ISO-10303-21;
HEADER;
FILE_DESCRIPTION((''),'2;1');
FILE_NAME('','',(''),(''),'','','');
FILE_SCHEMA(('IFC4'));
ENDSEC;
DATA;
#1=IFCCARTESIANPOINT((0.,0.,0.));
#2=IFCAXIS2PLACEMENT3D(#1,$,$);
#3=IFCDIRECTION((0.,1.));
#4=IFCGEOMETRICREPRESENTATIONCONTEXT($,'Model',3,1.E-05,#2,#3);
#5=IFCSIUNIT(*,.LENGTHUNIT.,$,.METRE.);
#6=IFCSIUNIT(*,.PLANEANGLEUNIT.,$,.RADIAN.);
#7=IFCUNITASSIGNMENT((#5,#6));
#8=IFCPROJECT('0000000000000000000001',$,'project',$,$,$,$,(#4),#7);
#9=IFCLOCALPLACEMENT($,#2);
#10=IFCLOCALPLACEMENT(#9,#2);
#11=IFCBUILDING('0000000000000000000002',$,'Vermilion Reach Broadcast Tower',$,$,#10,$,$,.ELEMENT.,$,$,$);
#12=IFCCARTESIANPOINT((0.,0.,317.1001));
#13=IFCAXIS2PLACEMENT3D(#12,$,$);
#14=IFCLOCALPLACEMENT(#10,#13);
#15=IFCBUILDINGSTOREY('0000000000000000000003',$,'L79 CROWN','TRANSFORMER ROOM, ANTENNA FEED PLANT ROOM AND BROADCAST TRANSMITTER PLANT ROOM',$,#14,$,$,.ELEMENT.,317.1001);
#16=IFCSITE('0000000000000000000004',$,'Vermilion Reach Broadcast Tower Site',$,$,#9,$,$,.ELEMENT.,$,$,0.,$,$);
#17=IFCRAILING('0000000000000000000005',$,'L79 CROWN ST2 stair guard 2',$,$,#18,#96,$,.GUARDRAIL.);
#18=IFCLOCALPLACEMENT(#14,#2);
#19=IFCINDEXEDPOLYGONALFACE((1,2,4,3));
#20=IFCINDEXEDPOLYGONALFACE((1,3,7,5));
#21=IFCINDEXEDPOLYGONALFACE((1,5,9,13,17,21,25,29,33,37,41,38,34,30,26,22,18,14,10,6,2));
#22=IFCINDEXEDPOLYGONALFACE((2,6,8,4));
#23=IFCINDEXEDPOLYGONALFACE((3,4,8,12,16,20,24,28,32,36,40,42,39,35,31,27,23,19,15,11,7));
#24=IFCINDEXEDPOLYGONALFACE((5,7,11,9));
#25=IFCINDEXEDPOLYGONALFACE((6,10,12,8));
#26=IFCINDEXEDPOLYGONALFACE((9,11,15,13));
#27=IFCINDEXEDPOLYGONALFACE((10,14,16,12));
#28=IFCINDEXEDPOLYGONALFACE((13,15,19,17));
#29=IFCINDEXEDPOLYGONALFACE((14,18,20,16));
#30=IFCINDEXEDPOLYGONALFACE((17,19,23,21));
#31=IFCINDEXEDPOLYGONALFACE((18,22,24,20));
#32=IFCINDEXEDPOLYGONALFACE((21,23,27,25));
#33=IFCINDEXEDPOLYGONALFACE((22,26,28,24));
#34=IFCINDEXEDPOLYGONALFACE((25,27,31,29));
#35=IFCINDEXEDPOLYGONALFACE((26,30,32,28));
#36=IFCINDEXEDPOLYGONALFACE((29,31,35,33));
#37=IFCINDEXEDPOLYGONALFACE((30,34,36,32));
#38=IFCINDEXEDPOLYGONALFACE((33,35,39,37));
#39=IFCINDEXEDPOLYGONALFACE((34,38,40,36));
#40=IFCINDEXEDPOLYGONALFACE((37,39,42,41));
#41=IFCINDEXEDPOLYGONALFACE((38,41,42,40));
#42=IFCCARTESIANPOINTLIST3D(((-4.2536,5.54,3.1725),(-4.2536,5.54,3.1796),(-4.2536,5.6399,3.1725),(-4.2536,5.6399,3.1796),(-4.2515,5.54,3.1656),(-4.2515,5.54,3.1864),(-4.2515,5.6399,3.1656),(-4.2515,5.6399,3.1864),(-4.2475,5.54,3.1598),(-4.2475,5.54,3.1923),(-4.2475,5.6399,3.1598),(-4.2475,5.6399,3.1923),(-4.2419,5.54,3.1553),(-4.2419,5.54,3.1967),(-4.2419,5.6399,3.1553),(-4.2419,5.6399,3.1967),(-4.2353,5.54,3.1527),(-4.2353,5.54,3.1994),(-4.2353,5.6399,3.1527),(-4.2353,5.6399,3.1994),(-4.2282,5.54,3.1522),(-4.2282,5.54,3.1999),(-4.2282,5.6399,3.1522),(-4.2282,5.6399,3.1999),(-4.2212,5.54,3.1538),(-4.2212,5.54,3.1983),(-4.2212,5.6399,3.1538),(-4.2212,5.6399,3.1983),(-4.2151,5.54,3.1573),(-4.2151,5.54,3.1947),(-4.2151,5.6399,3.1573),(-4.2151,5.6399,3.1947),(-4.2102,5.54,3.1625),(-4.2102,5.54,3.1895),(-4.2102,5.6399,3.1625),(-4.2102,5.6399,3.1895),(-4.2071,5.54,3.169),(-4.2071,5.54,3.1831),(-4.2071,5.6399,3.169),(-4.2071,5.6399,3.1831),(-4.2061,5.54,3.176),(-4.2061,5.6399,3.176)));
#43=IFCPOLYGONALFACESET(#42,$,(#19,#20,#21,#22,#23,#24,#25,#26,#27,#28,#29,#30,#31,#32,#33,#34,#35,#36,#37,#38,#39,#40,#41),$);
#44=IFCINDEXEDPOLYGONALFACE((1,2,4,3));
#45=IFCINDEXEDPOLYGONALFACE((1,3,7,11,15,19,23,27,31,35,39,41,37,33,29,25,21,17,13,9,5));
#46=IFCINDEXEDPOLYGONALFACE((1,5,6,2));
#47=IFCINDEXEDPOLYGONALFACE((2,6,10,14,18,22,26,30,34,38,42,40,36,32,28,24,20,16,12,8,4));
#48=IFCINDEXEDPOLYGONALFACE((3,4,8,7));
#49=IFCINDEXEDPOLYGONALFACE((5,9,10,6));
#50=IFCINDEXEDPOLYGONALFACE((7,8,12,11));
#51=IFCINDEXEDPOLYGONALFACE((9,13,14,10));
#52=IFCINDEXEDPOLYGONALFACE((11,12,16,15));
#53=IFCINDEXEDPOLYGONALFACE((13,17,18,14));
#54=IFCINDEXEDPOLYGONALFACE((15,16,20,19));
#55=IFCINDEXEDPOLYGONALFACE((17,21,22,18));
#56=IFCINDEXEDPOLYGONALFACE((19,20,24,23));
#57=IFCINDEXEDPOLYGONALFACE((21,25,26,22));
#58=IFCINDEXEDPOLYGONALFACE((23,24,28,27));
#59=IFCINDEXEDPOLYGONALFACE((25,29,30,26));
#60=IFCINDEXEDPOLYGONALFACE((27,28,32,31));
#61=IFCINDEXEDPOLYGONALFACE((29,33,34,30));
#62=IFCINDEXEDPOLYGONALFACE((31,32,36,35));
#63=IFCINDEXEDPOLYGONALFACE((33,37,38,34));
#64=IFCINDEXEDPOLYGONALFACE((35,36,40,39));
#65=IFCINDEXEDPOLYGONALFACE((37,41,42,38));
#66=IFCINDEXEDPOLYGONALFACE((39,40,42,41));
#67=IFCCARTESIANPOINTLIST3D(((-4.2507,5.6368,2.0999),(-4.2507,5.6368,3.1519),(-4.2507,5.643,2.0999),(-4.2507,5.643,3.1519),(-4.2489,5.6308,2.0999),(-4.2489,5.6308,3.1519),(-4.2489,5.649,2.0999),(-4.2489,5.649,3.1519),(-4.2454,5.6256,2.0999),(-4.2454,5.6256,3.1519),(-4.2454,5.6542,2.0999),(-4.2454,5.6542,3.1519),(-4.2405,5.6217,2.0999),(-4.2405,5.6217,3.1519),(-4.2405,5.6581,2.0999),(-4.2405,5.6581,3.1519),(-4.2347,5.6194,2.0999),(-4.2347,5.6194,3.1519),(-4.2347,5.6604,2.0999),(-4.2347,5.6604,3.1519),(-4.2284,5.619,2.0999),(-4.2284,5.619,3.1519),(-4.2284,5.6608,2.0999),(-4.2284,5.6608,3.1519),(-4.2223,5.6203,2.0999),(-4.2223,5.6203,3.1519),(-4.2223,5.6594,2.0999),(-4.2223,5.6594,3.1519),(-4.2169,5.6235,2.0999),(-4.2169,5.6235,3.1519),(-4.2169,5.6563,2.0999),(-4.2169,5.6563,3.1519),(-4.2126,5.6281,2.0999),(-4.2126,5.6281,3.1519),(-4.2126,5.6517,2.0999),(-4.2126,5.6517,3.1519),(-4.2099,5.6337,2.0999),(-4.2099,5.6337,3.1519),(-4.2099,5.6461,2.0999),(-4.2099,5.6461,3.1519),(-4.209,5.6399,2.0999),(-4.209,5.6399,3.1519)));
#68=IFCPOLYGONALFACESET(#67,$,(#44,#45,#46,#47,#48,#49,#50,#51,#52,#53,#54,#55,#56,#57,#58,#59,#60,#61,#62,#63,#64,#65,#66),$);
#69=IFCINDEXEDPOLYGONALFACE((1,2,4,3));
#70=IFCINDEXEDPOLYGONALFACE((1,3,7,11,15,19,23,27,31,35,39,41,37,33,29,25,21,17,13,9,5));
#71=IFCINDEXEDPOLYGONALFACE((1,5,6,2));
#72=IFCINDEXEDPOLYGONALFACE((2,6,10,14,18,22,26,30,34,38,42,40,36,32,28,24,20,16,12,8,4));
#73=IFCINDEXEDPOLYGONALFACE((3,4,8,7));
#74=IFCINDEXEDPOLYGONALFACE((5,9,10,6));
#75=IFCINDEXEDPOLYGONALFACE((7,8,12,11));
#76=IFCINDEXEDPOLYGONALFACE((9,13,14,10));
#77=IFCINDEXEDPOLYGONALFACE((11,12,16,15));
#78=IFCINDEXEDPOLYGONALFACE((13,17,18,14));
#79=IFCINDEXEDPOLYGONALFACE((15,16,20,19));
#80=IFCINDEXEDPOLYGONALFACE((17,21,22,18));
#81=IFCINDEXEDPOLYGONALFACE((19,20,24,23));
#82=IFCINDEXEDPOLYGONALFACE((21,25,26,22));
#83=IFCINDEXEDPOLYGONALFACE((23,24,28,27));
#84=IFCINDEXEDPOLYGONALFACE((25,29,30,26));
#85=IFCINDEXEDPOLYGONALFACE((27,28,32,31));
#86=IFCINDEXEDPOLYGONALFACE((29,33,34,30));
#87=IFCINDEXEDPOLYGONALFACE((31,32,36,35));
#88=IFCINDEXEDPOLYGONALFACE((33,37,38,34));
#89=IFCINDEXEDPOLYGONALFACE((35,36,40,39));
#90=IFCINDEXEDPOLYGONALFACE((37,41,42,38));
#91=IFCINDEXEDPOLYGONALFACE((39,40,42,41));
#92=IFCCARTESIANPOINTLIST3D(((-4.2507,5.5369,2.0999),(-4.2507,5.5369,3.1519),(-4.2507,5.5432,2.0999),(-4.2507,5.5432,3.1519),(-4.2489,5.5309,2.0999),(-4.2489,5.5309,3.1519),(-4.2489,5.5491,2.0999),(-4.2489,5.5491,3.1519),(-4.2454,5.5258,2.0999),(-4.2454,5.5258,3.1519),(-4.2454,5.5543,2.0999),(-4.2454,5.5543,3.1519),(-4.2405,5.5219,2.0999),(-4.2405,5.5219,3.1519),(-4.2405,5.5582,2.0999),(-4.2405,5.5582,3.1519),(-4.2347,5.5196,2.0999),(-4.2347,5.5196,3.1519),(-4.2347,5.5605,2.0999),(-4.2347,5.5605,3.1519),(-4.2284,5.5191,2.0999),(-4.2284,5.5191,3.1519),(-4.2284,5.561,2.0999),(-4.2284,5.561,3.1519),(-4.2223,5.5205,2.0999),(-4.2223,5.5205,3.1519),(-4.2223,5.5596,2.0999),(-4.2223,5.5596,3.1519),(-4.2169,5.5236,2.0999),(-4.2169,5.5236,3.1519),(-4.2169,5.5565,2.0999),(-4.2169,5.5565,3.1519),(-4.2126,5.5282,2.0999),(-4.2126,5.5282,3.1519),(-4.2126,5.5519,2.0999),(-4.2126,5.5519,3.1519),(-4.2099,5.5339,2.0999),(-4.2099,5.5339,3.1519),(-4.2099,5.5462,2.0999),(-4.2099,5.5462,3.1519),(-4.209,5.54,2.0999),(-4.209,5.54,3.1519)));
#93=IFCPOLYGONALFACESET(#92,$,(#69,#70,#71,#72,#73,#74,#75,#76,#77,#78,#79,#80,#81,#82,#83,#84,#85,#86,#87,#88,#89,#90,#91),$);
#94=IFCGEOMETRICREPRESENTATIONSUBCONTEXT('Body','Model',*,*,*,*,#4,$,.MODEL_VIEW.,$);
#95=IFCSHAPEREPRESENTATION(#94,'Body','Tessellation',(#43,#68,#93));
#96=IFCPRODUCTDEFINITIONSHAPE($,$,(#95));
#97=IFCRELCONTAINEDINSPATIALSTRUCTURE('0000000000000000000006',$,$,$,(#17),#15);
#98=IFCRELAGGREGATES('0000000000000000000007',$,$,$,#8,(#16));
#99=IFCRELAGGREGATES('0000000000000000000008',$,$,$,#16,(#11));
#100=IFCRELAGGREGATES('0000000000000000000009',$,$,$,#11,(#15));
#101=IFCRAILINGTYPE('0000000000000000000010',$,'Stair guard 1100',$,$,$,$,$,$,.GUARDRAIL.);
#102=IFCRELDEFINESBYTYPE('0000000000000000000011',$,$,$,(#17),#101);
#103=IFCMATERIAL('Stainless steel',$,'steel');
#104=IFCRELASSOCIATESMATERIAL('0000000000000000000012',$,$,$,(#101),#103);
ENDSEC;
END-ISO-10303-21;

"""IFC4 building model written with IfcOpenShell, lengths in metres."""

from ifc_helpers import new_model, si_unit, direction, frame, origin, origin_2d, place, context, subcontext, project, spatial, circle, extrude, material, type_object, element, save


model = new_model("IFC4")

# Units and contexts
model_context = context("Model", 3, precision=1e-05, world=origin(), true_north=direction((0.0, 1.0)))
body_context = subcontext(model_context, "Body", "Model", "MODEL_VIEW")
ifc_project = project(units=[si_unit("LENGTHUNIT", "METRE"), si_unit("PLANEANGLEUNIT", "RADIAN")], contexts=[model_context])

# Site, building, storey
site_placement = place(None, origin())
site = spatial("IfcSite", under=ifc_project, at=site_placement, Name="Vermilion Reach Broadcast Tower Site", CompositionType="ELEMENT", RefElevation=0.0)
building_placement = place(site_placement, origin())
building = spatial("IfcBuilding", under=site, at=building_placement, Name="Vermilion Reach Broadcast Tower", CompositionType="ELEMENT")
storey_placement = place(building_placement, frame((0.0, 0.0, 317.1001)))
storey = spatial("IfcBuildingStorey", under=building, at=storey_placement, Name="L79 CROWN", Description="TRANSFORMER ROOM, ANTENNA FEED PLANT ROOM AND BROADCAST TRANSMITTER PLANT ROOM", CompositionType="ELEMENT", Elevation=317.1001)

# Railing
ifc_material_1 = material(Name="Stainless steel", Category="steel")
railing_type_1 = type_object("IfcRailingType", Name="Stair guard 1100", PredefinedType="GUARDRAIL", material=ifc_material_1)
railing_1_placement = place(storey_placement, frame((-4.23, 5.6399, 2.0999)))
element("IfcRailing", 1, at=railing_1_placement, inside=storey, type_object=railing_type_1, Name="L79 CROWN ST2 stair guard 2", PredefinedType="GUARDRAIL", context=body_context, shape_type="SweptSolid", body=[
    extrude(circle(Radius=0.0239, at=origin_2d()), frame((0.0, 0.0, 1.0762), z_axis=(0.0, -1.0, 0.0), x_axis=(1.0, 0.0, 0.0)), (0.0, 0.0, 1.0), 0.0999),
    extrude(circle(Radius=0.021, at=origin_2d()), origin(), (0.0, 0.0, 1.0), 1.052),
    extrude(circle(Radius=0.021, at=origin_2d()), frame((0.0, -0.0999, 0.0)), (0.0, 0.0, 1.0), 1.052),
])

save(model, "model.ifc")
